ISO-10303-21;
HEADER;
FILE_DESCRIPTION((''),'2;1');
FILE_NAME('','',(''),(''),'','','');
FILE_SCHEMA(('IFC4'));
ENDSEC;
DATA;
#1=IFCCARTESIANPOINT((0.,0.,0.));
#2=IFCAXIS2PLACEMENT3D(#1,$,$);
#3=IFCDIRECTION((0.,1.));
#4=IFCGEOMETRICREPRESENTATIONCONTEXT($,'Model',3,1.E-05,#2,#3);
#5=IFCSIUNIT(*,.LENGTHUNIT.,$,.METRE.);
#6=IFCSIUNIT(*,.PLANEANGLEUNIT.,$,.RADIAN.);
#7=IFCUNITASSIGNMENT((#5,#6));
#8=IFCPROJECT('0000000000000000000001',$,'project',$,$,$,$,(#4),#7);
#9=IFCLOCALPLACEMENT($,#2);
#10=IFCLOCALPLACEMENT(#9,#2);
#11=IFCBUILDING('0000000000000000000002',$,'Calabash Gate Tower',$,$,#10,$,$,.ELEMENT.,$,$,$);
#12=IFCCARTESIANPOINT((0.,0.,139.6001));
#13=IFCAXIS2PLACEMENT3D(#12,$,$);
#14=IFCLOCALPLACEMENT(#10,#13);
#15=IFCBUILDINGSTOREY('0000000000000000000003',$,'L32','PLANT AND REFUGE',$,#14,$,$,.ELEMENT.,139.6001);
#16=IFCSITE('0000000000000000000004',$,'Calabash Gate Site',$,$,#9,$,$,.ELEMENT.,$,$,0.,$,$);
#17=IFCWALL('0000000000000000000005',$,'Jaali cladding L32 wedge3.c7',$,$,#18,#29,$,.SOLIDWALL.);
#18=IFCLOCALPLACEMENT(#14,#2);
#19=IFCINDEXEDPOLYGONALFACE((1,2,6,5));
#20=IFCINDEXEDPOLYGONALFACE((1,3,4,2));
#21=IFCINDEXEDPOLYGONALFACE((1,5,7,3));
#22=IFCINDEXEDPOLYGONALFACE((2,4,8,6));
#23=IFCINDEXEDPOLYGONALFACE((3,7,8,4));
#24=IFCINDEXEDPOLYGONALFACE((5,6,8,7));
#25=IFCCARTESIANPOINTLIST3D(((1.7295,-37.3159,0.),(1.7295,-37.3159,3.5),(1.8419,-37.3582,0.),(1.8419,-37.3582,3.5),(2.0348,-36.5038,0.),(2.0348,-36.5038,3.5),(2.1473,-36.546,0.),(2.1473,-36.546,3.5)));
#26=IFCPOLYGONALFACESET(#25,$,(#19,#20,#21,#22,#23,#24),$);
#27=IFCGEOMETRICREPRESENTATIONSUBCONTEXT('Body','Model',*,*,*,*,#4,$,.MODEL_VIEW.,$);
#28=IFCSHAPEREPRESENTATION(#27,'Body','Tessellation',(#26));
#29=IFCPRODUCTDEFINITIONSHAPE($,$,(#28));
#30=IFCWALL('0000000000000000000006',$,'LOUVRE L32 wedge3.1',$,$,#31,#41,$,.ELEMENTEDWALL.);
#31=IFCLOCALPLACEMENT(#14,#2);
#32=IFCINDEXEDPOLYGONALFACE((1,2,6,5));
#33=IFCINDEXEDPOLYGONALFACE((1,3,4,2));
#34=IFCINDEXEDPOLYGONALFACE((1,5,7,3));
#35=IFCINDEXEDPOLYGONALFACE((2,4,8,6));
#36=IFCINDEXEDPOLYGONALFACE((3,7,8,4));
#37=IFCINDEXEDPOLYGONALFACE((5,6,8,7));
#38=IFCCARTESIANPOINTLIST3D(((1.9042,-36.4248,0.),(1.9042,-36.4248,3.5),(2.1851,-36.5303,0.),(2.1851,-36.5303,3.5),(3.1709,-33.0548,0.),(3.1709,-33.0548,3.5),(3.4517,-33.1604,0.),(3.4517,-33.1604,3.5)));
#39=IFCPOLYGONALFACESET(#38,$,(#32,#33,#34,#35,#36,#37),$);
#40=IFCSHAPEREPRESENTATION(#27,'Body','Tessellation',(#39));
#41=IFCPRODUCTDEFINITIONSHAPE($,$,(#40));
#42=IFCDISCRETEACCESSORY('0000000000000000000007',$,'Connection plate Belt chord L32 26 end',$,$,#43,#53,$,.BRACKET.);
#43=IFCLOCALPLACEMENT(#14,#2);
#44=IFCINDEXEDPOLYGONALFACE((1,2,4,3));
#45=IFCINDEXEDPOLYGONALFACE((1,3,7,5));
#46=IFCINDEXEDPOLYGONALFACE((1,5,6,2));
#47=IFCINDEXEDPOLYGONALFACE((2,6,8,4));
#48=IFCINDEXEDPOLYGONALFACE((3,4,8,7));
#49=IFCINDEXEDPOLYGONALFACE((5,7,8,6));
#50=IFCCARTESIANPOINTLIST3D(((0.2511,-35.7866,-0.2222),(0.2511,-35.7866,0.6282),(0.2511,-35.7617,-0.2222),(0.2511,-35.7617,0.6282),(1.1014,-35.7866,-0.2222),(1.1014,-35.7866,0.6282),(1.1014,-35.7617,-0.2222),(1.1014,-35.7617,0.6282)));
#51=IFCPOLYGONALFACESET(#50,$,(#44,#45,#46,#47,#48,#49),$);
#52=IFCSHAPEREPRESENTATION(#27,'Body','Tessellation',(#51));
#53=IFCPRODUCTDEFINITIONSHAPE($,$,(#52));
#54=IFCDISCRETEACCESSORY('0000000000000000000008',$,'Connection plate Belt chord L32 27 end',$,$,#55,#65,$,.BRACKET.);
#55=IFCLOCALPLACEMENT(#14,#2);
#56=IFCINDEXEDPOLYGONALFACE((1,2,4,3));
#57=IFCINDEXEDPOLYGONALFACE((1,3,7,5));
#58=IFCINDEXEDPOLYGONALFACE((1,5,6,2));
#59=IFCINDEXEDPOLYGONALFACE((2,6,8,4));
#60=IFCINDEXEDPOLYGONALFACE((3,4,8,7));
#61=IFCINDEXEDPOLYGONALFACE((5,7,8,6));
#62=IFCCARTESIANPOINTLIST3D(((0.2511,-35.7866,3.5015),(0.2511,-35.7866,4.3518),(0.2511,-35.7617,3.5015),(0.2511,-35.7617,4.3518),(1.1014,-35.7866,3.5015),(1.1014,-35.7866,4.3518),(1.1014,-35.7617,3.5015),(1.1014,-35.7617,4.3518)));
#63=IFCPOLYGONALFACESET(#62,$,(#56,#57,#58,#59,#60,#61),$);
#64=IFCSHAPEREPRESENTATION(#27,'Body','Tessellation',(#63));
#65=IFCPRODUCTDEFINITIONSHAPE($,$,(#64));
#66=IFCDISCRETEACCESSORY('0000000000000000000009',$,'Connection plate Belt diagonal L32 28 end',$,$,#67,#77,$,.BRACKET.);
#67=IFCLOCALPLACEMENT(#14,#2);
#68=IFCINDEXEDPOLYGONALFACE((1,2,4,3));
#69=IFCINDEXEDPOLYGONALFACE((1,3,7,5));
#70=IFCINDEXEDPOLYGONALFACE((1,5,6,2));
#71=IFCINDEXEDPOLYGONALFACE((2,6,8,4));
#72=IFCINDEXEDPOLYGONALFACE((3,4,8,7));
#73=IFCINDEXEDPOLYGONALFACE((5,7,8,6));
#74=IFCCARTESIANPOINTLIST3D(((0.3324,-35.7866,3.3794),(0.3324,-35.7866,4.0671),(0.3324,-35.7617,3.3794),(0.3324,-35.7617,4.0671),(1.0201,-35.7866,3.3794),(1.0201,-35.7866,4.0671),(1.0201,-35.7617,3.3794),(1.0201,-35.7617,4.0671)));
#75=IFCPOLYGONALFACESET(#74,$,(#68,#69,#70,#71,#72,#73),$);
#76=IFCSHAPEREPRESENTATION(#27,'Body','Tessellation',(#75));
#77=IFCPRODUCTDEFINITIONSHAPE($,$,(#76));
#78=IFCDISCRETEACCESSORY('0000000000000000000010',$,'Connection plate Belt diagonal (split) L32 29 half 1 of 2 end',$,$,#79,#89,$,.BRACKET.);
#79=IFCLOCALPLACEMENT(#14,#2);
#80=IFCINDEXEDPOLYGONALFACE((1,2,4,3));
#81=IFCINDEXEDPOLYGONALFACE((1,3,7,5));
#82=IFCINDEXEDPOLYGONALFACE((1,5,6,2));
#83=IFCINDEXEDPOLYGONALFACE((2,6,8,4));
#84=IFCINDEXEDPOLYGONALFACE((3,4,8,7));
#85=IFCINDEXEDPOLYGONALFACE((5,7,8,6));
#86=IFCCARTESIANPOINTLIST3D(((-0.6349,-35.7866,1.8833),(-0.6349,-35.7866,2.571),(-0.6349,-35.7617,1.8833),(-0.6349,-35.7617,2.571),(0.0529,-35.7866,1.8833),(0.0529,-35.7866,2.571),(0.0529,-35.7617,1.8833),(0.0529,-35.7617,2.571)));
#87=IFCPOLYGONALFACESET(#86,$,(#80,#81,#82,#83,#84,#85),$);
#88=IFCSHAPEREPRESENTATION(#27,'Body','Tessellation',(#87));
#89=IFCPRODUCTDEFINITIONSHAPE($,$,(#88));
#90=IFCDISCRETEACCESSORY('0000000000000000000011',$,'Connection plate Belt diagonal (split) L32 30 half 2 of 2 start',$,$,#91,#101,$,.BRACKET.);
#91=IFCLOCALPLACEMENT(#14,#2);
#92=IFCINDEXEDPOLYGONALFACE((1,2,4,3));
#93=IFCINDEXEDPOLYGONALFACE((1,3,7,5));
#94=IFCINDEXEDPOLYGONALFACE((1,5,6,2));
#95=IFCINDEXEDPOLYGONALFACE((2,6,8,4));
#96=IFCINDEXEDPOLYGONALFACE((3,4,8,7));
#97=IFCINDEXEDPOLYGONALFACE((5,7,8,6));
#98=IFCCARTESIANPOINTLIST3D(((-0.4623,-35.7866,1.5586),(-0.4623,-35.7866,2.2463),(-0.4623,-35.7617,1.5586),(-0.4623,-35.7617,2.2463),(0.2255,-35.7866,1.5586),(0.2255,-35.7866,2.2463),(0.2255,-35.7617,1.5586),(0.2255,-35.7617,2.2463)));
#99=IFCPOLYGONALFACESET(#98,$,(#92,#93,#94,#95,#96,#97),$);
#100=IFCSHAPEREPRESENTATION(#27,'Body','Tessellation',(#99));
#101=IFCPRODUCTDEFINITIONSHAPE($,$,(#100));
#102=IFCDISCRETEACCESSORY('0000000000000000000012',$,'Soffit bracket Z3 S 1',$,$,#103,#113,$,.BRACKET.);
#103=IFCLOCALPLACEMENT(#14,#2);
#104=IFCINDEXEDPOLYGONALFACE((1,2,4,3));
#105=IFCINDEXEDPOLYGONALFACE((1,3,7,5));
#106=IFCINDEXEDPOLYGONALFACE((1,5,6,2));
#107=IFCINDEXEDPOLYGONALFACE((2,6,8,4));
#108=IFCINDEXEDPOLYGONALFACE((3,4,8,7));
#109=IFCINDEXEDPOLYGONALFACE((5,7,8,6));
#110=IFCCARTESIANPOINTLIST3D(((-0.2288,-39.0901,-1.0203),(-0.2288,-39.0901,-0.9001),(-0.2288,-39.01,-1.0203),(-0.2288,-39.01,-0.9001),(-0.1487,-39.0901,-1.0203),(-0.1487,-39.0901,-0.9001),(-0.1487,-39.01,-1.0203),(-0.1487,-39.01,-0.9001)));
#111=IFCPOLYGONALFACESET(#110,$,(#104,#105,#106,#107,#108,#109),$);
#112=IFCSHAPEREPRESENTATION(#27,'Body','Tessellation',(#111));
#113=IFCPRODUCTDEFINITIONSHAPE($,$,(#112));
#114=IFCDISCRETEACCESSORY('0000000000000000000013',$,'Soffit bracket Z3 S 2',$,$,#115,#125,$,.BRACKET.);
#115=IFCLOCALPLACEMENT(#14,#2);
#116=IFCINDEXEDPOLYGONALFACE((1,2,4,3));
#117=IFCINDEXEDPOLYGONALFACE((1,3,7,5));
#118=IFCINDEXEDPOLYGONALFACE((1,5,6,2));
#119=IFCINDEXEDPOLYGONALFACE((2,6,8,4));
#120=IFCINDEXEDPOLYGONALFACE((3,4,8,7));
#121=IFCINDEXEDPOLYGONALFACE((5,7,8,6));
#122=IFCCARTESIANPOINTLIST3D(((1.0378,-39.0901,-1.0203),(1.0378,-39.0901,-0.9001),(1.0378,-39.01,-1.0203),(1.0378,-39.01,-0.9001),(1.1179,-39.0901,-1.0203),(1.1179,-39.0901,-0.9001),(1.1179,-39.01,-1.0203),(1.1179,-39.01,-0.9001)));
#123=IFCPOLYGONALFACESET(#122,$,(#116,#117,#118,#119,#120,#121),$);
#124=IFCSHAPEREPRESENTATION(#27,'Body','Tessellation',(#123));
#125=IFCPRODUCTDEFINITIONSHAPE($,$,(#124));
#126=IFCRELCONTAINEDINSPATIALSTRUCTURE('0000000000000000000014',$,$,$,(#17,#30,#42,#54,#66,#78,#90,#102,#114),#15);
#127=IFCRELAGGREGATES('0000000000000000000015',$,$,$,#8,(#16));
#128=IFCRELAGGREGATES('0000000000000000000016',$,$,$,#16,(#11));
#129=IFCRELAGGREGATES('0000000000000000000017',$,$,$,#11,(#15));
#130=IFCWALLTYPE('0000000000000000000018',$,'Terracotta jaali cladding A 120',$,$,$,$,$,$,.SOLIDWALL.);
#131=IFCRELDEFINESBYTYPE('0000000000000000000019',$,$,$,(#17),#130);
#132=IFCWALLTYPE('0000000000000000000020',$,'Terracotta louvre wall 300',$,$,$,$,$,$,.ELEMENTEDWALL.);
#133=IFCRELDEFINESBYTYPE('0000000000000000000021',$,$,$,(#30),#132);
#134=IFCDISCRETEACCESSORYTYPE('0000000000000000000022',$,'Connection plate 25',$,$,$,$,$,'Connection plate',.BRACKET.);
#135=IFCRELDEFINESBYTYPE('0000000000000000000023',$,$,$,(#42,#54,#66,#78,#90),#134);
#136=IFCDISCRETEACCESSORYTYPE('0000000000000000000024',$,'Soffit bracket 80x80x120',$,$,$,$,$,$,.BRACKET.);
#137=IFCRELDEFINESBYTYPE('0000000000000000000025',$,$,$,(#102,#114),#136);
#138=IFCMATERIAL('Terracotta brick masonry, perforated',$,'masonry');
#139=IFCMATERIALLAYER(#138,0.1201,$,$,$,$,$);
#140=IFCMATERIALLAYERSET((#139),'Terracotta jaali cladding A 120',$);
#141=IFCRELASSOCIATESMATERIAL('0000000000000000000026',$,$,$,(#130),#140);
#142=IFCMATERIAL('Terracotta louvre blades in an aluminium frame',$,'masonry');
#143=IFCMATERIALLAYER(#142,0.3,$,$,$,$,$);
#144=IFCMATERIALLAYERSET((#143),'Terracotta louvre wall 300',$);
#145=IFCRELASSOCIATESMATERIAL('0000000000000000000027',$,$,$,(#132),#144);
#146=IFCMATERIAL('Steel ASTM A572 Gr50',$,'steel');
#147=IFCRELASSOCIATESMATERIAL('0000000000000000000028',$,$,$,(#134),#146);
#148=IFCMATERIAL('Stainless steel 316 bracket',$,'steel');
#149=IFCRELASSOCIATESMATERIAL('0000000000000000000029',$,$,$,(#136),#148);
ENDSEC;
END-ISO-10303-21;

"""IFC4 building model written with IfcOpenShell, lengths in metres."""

from ifc_helpers import new_model, si_unit, direction, frame, frame_2d, origin, origin_2d, place, context, subcontext, project, spatial, rectangle, extrude, material, layer, layer_set, type_object, element, save


model = new_model("IFC4")

# Units and contexts
model_context = context("Model", 3, precision=1e-05, world=origin(), true_north=direction((0.0, 1.0)))
body_context = subcontext(model_context, "Body", "Model", "MODEL_VIEW")
ifc_project = project(units=[si_unit("LENGTHUNIT", "METRE"), si_unit("PLANEANGLEUNIT", "RADIAN")], contexts=[model_context])

# Site, building, storey
site_placement = place(None, origin())
site = spatial("IfcSite", under=ifc_project, at=site_placement, Name="Calabash Gate Site", CompositionType="ELEMENT", RefElevation=0.0)
building_placement = place(site_placement, origin())
building = spatial("IfcBuilding", under=site, at=building_placement, Name="Calabash Gate Tower", CompositionType="ELEMENT")
storey_placement = place(building_placement, frame((0.0, 0.0, 139.6001)))
storey = spatial("IfcBuildingStorey", under=building, at=storey_placement, Name="L32", Description="PLANT AND REFUGE", CompositionType="ELEMENT", Elevation=139.6001)

# Walls
ifc_material_1 = material(Name="Terracotta brick masonry, perforated", Category="masonry")
ifc_layer_1 = layer(ifc_material_1, 0.1201)
ifc_layer_set_1 = layer_set([ifc_layer_1], Name="Terracotta jaali cladding A 120")
wall_type_1 = type_object("IfcWallType", Name="Terracotta jaali cladding A 120", PredefinedType="SOLIDWALL", material=ifc_layer_set_1)
wall_1_placement = place(storey_placement, frame((2.0911, -36.5249, 0.0), z_axis=(0.0, 0.0, 1.0), x_axis=(-0.351956, -0.936017, 0.0)))
element("IfcWall", 1, at=wall_1_placement, inside=storey, type_object=wall_type_1, Name="Jaali cladding L32 wedge3.c7", PredefinedType="SOLIDWALL", context=body_context, shape_type="SweptSolid", body=[
    extrude(rectangle(XDim=0.8677, YDim=0.1201, at=frame_2d((0.4338, 0.0))), origin(), (0.0, 0.0, 1.0), 3.5),
])
ifc_material_2 = material(Name="Terracotta louvre blades in an aluminium frame", Category="masonry")
ifc_layer_2 = layer(ifc_material_2, 0.3)
ifc_layer_set_2 = layer_set([ifc_layer_2], Name="Terracotta louvre wall 300")
wall_type_2 = type_object("IfcWallType", Name="Terracotta louvre wall 300", PredefinedType="ELEMENTEDWALL", material=ifc_layer_set_2)
wall_2_placement = place(storey_placement, frame((2.0447, -36.4775, 0.0), z_axis=(0.0, 0.0, 1.0), x_axis=(0.351829, 0.936064, 0.0)))
element("IfcWall", 2, at=wall_2_placement, inside=storey, type_object=wall_type_2, Name="LOUVRE L32 wedge3.1", PredefinedType="ELEMENTEDWALL", context=body_context, shape_type="SweptSolid", body=[
    extrude(rectangle(XDim=3.6001, YDim=0.3, at=frame_2d((1.8, 0.0))), origin(), (0.0, 0.0, 1.0), 3.5),
])

# Discrete accessories
ifc_material_3 = material(Name="Steel ASTM A572 Gr50", Category="steel")
discrete_accessory_type_1 = type_object("IfcDiscreteAccessoryType", Name="Connection plate 25", ElementType="Connection plate", PredefinedType="BRACKET", material=ifc_material_3)
for number, where, z_axis, x_axis, name in (
    (3, (0.6763, -35.7742, -0.2222), (0.0, 0.0, 1.0), (1.0, 0.0, 0.0), "Connection plate Belt chord L32 26 end"),
    (4, (0.6763, -35.7742, 3.5015), (0.0, 0.0, 1.0), (1.0, 0.0, 0.0), "Connection plate Belt chord L32 27 end"),
):
    element("IfcDiscreteAccessory", number, at=place(storey_placement, frame(where, z_axis=z_axis, x_axis=x_axis)), inside=storey, type_object=discrete_accessory_type_1, Name=name, PredefinedType="BRACKET", context=body_context, shape_type="SweptSolid", body=[
        extrude(rectangle(XDim=0.8503, YDim=0.0249, at=origin_2d()), origin(), (0.0, 0.0, 1.0), 0.8503),
    ])
for number, where, z_axis, x_axis, name in (
    (5, (0.6763, -35.7742, 3.3794), (0.0, 0.0, 1.0), (1.0, 0.0, 0.0), "Connection plate Belt diagonal L32 28 end"),
    (6, (-0.291, -35.7742, 1.8833), (0.0, 0.0, 1.0), (1.0, 0.0, 0.0), "Connection plate Belt diagonal (split) L32 29 half 1 of 2 end"),
    (7, (-0.1184, -35.7742, 1.5586), (0.0, 0.0, 1.0), (1.0, 0.0, 0.0), "Connection plate Belt diagonal (split) L32 30 half 2 of 2 start"),
):
    element("IfcDiscreteAccessory", number, at=place(storey_placement, frame(where, z_axis=z_axis, x_axis=x_axis)), inside=storey, type_object=discrete_accessory_type_1, Name=name, PredefinedType="BRACKET", context=body_context, shape_type="SweptSolid", body=[
        extrude(rectangle(XDim=0.6877, YDim=0.0249, at=origin_2d()), origin(), (0.0, 0.0, 1.0), 0.6877),
    ])
ifc_material_4 = material(Name="Stainless steel 316 bracket", Category="steel")
discrete_accessory_type_2 = type_object("IfcDiscreteAccessoryType", Name="Soffit bracket 80x80x120", PredefinedType="BRACKET", material=ifc_material_4)
for number, where, z_axis, x_axis, name in (
    (8, (-0.1887, -39.05, -1.0203), (0.0, 0.0, 1.0), (1.0, 0.0, 0.0), "Soffit bracket Z3 S 1"),
    (9, (1.0779, -39.05, -1.0203), (0.0, 0.0, 1.0), (1.0, 0.0, 0.0), "Soffit bracket Z3 S 2"),
):
    element("IfcDiscreteAccessory", number, at=place(storey_placement, frame(where, z_axis=z_axis, x_axis=x_axis)), inside=storey, type_object=discrete_accessory_type_2, Name=name, PredefinedType="BRACKET", context=body_context, shape_type="SweptSolid", body=[
        extrude(rectangle(XDim=0.0801, YDim=0.0801, at=origin_2d()), origin(), (0.0, 0.0, 1.0), 0.1201),
    ])

save(model, "model.ifc")
